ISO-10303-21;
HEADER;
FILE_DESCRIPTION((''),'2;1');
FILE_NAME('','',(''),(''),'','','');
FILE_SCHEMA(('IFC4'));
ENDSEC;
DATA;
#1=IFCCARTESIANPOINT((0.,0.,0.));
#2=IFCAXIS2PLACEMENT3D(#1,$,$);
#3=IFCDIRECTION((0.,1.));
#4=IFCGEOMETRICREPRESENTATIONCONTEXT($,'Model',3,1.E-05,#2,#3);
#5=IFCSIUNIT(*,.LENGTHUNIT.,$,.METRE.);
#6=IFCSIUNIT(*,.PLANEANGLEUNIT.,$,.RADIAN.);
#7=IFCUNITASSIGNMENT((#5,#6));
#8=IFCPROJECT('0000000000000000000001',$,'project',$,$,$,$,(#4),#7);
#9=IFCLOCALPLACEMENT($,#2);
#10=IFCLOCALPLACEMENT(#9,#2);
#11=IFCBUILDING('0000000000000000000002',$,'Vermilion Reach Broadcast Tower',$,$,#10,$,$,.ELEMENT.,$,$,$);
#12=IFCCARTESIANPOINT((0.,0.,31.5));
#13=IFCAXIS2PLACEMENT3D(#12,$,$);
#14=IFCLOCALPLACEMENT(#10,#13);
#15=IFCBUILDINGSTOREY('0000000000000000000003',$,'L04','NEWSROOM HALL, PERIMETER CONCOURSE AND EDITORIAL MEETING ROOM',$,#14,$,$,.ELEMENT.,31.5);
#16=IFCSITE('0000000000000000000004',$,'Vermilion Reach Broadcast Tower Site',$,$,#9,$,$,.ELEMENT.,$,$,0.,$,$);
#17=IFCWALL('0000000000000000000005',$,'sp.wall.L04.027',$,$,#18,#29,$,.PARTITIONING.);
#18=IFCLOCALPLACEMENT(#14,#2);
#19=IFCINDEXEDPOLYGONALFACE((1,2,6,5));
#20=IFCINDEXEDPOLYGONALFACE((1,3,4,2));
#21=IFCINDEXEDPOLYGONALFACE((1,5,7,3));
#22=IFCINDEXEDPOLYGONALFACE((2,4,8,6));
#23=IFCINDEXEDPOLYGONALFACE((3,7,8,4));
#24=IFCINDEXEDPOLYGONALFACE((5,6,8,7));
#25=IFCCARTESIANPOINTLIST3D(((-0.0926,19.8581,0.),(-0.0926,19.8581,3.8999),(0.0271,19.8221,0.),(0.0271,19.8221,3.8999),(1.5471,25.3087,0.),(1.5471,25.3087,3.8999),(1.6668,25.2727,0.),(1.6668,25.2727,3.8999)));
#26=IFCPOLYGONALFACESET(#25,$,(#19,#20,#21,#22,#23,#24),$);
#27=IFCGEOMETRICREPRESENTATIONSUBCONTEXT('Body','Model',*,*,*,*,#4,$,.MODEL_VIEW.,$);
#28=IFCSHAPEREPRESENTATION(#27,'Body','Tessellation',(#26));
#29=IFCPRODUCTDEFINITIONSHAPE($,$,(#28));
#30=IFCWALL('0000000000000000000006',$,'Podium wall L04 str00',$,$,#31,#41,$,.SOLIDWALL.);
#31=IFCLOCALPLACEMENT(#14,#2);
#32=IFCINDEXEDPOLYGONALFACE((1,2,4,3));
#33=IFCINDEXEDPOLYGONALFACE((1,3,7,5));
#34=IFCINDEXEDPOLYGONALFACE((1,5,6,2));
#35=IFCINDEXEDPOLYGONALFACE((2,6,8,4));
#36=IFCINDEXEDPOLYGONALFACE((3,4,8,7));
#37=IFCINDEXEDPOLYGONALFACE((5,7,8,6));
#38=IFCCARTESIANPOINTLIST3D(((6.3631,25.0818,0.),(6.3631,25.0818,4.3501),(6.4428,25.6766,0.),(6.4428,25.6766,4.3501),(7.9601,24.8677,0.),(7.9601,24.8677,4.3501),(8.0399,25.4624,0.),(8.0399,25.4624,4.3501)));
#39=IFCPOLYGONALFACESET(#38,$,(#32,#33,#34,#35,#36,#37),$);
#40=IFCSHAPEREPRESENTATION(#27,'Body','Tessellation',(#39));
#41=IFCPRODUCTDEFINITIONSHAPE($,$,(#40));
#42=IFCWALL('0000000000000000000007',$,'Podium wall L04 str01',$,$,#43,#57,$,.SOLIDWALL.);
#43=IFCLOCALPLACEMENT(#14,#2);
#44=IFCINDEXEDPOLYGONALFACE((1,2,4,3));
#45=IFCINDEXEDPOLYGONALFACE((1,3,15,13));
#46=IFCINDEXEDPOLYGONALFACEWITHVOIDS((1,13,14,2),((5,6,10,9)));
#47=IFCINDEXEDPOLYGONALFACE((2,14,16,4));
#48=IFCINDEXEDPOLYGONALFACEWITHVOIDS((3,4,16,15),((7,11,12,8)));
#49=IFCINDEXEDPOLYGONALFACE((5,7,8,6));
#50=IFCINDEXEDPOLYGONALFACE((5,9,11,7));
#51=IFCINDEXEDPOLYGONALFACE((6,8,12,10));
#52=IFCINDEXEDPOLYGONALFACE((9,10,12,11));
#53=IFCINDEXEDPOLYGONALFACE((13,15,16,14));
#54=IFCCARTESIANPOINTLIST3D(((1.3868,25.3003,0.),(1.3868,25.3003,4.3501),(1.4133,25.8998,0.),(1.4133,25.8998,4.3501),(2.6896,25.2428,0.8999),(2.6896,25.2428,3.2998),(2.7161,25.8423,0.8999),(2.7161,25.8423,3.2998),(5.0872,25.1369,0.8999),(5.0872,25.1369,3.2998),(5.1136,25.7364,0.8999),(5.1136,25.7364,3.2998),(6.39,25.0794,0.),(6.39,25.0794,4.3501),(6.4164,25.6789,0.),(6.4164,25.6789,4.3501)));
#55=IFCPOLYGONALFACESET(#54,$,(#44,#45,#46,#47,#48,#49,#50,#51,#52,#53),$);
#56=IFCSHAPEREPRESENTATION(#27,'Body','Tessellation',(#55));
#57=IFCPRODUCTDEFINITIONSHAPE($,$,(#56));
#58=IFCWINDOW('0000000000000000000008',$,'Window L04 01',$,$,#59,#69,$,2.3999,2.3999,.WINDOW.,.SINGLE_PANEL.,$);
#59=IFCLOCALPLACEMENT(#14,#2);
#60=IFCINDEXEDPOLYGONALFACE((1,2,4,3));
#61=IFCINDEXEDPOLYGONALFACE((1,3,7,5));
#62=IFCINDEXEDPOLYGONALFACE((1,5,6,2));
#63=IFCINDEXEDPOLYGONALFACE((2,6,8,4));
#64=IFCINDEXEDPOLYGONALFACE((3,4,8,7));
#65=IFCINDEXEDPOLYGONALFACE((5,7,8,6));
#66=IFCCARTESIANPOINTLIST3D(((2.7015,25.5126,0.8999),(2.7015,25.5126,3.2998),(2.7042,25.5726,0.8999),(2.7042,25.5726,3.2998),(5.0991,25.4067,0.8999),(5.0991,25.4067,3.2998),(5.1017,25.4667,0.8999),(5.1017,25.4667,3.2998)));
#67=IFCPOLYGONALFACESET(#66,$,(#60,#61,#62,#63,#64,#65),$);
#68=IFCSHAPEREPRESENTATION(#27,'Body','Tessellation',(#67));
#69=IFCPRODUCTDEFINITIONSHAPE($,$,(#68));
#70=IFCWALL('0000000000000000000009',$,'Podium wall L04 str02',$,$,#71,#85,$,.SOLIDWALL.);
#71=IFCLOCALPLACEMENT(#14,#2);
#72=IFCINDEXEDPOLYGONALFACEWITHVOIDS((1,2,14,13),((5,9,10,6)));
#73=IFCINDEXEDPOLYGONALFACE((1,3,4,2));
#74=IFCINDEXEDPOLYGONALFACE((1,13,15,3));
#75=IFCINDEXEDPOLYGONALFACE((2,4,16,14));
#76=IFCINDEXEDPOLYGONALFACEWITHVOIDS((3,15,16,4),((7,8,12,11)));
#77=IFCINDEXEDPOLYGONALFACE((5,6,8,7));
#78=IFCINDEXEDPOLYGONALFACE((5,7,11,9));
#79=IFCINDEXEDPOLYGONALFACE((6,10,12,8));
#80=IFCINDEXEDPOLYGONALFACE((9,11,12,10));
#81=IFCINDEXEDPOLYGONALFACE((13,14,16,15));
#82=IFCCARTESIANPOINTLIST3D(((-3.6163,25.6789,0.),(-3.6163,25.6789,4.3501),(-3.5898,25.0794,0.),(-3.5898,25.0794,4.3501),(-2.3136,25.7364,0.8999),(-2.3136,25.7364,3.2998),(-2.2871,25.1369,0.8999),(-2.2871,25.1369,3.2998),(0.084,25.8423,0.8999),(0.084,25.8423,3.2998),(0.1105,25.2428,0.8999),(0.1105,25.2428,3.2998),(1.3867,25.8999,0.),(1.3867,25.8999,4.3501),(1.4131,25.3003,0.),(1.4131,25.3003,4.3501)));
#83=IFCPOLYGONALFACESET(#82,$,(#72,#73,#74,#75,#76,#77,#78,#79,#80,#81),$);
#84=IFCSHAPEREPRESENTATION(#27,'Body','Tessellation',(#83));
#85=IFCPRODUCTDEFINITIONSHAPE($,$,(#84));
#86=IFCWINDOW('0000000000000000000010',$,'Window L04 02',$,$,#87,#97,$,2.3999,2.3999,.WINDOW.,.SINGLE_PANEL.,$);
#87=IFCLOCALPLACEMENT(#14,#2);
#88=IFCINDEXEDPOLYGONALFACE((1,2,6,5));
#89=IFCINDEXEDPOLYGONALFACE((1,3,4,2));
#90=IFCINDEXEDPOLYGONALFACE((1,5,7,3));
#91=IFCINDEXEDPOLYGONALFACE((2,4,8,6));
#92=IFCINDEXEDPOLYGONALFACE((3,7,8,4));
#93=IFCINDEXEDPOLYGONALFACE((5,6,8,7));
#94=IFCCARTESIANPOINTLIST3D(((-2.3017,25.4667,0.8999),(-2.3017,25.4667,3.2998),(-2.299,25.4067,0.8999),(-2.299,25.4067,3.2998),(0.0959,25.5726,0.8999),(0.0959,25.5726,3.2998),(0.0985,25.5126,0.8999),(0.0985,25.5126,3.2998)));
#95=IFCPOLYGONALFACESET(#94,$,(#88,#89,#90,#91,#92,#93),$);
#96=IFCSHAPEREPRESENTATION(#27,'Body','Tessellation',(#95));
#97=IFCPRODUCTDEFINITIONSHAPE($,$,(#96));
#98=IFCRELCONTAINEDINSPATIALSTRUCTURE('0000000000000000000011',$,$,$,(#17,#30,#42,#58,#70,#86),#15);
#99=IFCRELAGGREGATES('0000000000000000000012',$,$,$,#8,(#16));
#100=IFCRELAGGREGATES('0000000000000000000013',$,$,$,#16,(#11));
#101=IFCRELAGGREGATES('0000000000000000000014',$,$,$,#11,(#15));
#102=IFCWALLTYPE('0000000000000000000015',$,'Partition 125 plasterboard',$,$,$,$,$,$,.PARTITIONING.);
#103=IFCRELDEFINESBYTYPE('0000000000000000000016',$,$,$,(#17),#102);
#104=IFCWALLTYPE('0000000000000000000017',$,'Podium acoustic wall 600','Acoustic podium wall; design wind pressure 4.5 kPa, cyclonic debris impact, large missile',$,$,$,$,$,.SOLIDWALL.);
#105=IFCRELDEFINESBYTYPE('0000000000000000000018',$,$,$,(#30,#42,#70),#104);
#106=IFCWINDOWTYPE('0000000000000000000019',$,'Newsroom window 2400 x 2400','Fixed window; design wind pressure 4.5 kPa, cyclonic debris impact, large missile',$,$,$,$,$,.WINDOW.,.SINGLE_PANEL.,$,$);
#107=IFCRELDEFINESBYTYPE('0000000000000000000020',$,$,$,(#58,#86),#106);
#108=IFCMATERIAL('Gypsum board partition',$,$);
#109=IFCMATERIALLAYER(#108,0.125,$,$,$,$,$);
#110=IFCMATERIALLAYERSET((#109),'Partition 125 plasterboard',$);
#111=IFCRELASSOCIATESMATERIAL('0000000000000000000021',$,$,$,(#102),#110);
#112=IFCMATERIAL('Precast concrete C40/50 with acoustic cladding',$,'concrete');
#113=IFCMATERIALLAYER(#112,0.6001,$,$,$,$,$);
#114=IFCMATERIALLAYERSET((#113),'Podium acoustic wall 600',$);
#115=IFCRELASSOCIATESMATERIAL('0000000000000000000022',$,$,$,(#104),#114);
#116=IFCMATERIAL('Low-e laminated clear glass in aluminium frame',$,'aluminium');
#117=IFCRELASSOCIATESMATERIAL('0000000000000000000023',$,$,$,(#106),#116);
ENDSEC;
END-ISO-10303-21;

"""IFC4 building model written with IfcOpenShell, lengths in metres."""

from ifc_helpers import new_model, si_unit, direction, frame, frame_2d, origin, place, context, subcontext, project, spatial, rectangle, extrude, material, layer, layer_set, type_object, element, fill, save


model = new_model("IFC4")

# Units and contexts
model_context = context("Model", 3, precision=1e-05, world=origin(), true_north=direction((0.0, 1.0)))
body_context = subcontext(model_context, "Body", "Model", "MODEL_VIEW")
ifc_project = project(units=[si_unit("LENGTHUNIT", "METRE"), si_unit("PLANEANGLEUNIT", "RADIAN")], contexts=[model_context])

# Site, building, storey
site_placement = place(None, origin())
site = spatial("IfcSite", under=ifc_project, at=site_placement, Name="Vermilion Reach Broadcast Tower Site", CompositionType="ELEMENT", RefElevation=0.0)
building_placement = place(site_placement, origin())
building = spatial("IfcBuilding", under=site, at=building_placement, Name="Vermilion Reach Broadcast Tower", CompositionType="ELEMENT")
storey_placement = place(building_placement, frame((0.0, 0.0, 31.5)))
storey = spatial("IfcBuildingStorey", under=building, at=storey_placement, Name="L04", Description="NEWSROOM HALL, PERIMETER CONCOURSE AND EDITORIAL MEETING ROOM", CompositionType="ELEMENT", Elevation=31.5)

# Walls
ifc_material_1 = material(Name="Gypsum board partition")
ifc_layer_1 = layer(ifc_material_1, 0.125)
ifc_layer_set_1 = layer_set([ifc_layer_1], Name="Partition 125 plasterboard")
wall_type_1 = type_object("IfcWallType", Name="Partition 125 plasterboard", PredefinedType="PARTITIONING", material=ifc_layer_set_1)
wall_1_placement = place(storey_placement, frame((-0.0327, 19.8401, 0.0), z_axis=(0.0, 0.0, 1.0), x_axis=(0.288064, 0.957611, 0.0)))
element("IfcWall", 1, at=wall_1_placement, inside=storey, type_object=wall_type_1, Name="sp.wall.L04.027", PredefinedType="PARTITIONING", context=body_context, shape_type="SweptSolid", body=[
    extrude(rectangle(XDim=5.6919, YDim=0.125, at=frame_2d((2.8459, 0.0))), origin(), (0.0, 0.0, 1.0), 3.8999),
])
ifc_material_2 = material(Name="Precast concrete C40/50 with acoustic cladding", Category="concrete")
ifc_layer_2 = layer(ifc_material_2, 0.6001)
ifc_layer_set_2 = layer_set([ifc_layer_2], Name="Podium acoustic wall 600")
wall_type_2 = type_object("IfcWallType", Name="Podium acoustic wall 600", Description="Acoustic podium wall; design wind pressure 4.5 kPa, cyclonic debris impact, large missile", PredefinedType="SOLIDWALL", material=ifc_layer_set_2)
wall_2_placement = place(storey_placement, frame((8.0, 25.165, 0.0), z_axis=(0.0, 0.0, 1.0), x_axis=(-0.991131, 0.132888, 0.0)))
element("IfcWall", 2, at=wall_2_placement, inside=storey, type_object=wall_type_2, Name="Podium wall L04 str00", PredefinedType="SOLIDWALL", context=body_context, shape_type="SweptSolid", body=[
    extrude(rectangle(XDim=1.6113, YDim=0.6001, at=frame_2d((0.8057, 0.0))), origin(), (0.0, 0.0, 1.0), 4.3501),
])

# Walls, openings, windows
wall_3_placement = place(storey_placement, frame((6.4031, 25.3792, 0.0), z_axis=(0.0, 0.0, 1.0), x_axis=(-0.999026, 0.044118, 0.0)))
wall_3 = element("IfcWall", 3, at=wall_3_placement, inside=storey, type_object=wall_type_2, Name="Podium wall L04 str01", PredefinedType="SOLIDWALL", context=body_context, shape_type="SweptSolid", body=[
    extrude(rectangle(XDim=5.0081, YDim=0.6001, at=frame_2d((2.5039, 0.0))), origin(), (0.0, 0.0, 1.0), 4.3501),
])
opening_1_placement = place(wall_3_placement, frame((1.304, 0.0, 0.8999)))
opening_1 = element("IfcOpeningElement", 4, at=opening_1_placement, cuts=wall_3, PredefinedType="OPENING", context=body_context, shape_type="SweptSolid", body=[
    extrude(rectangle(XDim=2.3999, YDim=2.3999, at=frame_2d((1.2, 1.2))), frame((0.0, 0.3101, 0.0), z_axis=(0.0, -1.0, 0.0), x_axis=(1.0, 0.0, 0.0)), (0.0, 0.0, 1.0), 0.6201),
])
ifc_material_3 = material(Name="Low-e laminated clear glass in aluminium frame", Category="aluminium")
window_type = type_object("IfcWindowType", Name="Newsroom window 2400 x 2400", Description="Fixed window; design wind pressure 4.5 kPa, cyclonic debris impact, large missile", PartitioningType="SINGLE_PANEL", PredefinedType="WINDOW", material=ifc_material_3)
window_1_placement = place(opening_1_placement, origin())
window_1 = element("IfcWindow", 5, at=window_1_placement, inside=storey, type_object=window_type, Name="Window L04 01", OverallHeight=2.3999, OverallWidth=2.3999, PartitioningType="SINGLE_PANEL", PredefinedType="WINDOW", context=body_context, shape_type="SweptSolid", body=[
    extrude(rectangle(XDim=2.3999, YDim=2.3999, at=frame_2d((1.2, 1.2))), frame((0.0, 0.03, 0.0), z_axis=(0.0, -1.0, 0.0), x_axis=(1.0, 0.0, 0.0)), (0.0, 0.0, 1.0), 0.0601),
])
fill(opening_1, window_1)
wall_4_placement = place(storey_placement, frame((1.3999, 25.6001, 0.0), z_axis=(0.0, 0.0, 1.0), x_axis=(-0.999026, -0.044121, 0.0)))
wall_4 = element("IfcWall", 6, at=wall_4_placement, inside=storey, type_object=wall_type_2, Name="Podium wall L04 str02", PredefinedType="SOLIDWALL", context=body_context, shape_type="SweptSolid", body=[
    extrude(rectangle(XDim=5.0078, YDim=0.6001, at=frame_2d((2.5039, 0.0))), origin(), (0.0, 0.0, 1.0), 4.3501),
])
opening_2_placement = place(wall_4_placement, frame((1.304, 0.0, 0.8999)))
opening_2 = element("IfcOpeningElement", 7, at=opening_2_placement, cuts=wall_4, PredefinedType="OPENING", context=body_context, shape_type="SweptSolid", body=[
    extrude(rectangle(XDim=2.3999, YDim=2.3999, at=frame_2d((1.2, 1.2))), frame((0.0, 0.3101, 0.0), z_axis=(0.0, -1.0, 0.0), x_axis=(1.0, 0.0, 0.0)), (0.0, 0.0, 1.0), 0.6201),
])
window_2_placement = place(opening_2_placement, origin())
window_2 = element("IfcWindow", 8, at=window_2_placement, inside=storey, type_object=window_type, Name="Window L04 02", OverallHeight=2.3999, OverallWidth=2.3999, PartitioningType="SINGLE_PANEL", PredefinedType="WINDOW", context=body_context, shape_type="SweptSolid", body=[
    extrude(rectangle(XDim=2.3999, YDim=2.3999, at=frame_2d((1.2, 1.2))), frame((0.0, 0.03, 0.0), z_axis=(0.0, -1.0, 0.0), x_axis=(1.0, 0.0, 0.0)), (0.0, 0.0, 1.0), 0.0601),
])
fill(opening_2, window_2)

save(model, "model.ifc")
